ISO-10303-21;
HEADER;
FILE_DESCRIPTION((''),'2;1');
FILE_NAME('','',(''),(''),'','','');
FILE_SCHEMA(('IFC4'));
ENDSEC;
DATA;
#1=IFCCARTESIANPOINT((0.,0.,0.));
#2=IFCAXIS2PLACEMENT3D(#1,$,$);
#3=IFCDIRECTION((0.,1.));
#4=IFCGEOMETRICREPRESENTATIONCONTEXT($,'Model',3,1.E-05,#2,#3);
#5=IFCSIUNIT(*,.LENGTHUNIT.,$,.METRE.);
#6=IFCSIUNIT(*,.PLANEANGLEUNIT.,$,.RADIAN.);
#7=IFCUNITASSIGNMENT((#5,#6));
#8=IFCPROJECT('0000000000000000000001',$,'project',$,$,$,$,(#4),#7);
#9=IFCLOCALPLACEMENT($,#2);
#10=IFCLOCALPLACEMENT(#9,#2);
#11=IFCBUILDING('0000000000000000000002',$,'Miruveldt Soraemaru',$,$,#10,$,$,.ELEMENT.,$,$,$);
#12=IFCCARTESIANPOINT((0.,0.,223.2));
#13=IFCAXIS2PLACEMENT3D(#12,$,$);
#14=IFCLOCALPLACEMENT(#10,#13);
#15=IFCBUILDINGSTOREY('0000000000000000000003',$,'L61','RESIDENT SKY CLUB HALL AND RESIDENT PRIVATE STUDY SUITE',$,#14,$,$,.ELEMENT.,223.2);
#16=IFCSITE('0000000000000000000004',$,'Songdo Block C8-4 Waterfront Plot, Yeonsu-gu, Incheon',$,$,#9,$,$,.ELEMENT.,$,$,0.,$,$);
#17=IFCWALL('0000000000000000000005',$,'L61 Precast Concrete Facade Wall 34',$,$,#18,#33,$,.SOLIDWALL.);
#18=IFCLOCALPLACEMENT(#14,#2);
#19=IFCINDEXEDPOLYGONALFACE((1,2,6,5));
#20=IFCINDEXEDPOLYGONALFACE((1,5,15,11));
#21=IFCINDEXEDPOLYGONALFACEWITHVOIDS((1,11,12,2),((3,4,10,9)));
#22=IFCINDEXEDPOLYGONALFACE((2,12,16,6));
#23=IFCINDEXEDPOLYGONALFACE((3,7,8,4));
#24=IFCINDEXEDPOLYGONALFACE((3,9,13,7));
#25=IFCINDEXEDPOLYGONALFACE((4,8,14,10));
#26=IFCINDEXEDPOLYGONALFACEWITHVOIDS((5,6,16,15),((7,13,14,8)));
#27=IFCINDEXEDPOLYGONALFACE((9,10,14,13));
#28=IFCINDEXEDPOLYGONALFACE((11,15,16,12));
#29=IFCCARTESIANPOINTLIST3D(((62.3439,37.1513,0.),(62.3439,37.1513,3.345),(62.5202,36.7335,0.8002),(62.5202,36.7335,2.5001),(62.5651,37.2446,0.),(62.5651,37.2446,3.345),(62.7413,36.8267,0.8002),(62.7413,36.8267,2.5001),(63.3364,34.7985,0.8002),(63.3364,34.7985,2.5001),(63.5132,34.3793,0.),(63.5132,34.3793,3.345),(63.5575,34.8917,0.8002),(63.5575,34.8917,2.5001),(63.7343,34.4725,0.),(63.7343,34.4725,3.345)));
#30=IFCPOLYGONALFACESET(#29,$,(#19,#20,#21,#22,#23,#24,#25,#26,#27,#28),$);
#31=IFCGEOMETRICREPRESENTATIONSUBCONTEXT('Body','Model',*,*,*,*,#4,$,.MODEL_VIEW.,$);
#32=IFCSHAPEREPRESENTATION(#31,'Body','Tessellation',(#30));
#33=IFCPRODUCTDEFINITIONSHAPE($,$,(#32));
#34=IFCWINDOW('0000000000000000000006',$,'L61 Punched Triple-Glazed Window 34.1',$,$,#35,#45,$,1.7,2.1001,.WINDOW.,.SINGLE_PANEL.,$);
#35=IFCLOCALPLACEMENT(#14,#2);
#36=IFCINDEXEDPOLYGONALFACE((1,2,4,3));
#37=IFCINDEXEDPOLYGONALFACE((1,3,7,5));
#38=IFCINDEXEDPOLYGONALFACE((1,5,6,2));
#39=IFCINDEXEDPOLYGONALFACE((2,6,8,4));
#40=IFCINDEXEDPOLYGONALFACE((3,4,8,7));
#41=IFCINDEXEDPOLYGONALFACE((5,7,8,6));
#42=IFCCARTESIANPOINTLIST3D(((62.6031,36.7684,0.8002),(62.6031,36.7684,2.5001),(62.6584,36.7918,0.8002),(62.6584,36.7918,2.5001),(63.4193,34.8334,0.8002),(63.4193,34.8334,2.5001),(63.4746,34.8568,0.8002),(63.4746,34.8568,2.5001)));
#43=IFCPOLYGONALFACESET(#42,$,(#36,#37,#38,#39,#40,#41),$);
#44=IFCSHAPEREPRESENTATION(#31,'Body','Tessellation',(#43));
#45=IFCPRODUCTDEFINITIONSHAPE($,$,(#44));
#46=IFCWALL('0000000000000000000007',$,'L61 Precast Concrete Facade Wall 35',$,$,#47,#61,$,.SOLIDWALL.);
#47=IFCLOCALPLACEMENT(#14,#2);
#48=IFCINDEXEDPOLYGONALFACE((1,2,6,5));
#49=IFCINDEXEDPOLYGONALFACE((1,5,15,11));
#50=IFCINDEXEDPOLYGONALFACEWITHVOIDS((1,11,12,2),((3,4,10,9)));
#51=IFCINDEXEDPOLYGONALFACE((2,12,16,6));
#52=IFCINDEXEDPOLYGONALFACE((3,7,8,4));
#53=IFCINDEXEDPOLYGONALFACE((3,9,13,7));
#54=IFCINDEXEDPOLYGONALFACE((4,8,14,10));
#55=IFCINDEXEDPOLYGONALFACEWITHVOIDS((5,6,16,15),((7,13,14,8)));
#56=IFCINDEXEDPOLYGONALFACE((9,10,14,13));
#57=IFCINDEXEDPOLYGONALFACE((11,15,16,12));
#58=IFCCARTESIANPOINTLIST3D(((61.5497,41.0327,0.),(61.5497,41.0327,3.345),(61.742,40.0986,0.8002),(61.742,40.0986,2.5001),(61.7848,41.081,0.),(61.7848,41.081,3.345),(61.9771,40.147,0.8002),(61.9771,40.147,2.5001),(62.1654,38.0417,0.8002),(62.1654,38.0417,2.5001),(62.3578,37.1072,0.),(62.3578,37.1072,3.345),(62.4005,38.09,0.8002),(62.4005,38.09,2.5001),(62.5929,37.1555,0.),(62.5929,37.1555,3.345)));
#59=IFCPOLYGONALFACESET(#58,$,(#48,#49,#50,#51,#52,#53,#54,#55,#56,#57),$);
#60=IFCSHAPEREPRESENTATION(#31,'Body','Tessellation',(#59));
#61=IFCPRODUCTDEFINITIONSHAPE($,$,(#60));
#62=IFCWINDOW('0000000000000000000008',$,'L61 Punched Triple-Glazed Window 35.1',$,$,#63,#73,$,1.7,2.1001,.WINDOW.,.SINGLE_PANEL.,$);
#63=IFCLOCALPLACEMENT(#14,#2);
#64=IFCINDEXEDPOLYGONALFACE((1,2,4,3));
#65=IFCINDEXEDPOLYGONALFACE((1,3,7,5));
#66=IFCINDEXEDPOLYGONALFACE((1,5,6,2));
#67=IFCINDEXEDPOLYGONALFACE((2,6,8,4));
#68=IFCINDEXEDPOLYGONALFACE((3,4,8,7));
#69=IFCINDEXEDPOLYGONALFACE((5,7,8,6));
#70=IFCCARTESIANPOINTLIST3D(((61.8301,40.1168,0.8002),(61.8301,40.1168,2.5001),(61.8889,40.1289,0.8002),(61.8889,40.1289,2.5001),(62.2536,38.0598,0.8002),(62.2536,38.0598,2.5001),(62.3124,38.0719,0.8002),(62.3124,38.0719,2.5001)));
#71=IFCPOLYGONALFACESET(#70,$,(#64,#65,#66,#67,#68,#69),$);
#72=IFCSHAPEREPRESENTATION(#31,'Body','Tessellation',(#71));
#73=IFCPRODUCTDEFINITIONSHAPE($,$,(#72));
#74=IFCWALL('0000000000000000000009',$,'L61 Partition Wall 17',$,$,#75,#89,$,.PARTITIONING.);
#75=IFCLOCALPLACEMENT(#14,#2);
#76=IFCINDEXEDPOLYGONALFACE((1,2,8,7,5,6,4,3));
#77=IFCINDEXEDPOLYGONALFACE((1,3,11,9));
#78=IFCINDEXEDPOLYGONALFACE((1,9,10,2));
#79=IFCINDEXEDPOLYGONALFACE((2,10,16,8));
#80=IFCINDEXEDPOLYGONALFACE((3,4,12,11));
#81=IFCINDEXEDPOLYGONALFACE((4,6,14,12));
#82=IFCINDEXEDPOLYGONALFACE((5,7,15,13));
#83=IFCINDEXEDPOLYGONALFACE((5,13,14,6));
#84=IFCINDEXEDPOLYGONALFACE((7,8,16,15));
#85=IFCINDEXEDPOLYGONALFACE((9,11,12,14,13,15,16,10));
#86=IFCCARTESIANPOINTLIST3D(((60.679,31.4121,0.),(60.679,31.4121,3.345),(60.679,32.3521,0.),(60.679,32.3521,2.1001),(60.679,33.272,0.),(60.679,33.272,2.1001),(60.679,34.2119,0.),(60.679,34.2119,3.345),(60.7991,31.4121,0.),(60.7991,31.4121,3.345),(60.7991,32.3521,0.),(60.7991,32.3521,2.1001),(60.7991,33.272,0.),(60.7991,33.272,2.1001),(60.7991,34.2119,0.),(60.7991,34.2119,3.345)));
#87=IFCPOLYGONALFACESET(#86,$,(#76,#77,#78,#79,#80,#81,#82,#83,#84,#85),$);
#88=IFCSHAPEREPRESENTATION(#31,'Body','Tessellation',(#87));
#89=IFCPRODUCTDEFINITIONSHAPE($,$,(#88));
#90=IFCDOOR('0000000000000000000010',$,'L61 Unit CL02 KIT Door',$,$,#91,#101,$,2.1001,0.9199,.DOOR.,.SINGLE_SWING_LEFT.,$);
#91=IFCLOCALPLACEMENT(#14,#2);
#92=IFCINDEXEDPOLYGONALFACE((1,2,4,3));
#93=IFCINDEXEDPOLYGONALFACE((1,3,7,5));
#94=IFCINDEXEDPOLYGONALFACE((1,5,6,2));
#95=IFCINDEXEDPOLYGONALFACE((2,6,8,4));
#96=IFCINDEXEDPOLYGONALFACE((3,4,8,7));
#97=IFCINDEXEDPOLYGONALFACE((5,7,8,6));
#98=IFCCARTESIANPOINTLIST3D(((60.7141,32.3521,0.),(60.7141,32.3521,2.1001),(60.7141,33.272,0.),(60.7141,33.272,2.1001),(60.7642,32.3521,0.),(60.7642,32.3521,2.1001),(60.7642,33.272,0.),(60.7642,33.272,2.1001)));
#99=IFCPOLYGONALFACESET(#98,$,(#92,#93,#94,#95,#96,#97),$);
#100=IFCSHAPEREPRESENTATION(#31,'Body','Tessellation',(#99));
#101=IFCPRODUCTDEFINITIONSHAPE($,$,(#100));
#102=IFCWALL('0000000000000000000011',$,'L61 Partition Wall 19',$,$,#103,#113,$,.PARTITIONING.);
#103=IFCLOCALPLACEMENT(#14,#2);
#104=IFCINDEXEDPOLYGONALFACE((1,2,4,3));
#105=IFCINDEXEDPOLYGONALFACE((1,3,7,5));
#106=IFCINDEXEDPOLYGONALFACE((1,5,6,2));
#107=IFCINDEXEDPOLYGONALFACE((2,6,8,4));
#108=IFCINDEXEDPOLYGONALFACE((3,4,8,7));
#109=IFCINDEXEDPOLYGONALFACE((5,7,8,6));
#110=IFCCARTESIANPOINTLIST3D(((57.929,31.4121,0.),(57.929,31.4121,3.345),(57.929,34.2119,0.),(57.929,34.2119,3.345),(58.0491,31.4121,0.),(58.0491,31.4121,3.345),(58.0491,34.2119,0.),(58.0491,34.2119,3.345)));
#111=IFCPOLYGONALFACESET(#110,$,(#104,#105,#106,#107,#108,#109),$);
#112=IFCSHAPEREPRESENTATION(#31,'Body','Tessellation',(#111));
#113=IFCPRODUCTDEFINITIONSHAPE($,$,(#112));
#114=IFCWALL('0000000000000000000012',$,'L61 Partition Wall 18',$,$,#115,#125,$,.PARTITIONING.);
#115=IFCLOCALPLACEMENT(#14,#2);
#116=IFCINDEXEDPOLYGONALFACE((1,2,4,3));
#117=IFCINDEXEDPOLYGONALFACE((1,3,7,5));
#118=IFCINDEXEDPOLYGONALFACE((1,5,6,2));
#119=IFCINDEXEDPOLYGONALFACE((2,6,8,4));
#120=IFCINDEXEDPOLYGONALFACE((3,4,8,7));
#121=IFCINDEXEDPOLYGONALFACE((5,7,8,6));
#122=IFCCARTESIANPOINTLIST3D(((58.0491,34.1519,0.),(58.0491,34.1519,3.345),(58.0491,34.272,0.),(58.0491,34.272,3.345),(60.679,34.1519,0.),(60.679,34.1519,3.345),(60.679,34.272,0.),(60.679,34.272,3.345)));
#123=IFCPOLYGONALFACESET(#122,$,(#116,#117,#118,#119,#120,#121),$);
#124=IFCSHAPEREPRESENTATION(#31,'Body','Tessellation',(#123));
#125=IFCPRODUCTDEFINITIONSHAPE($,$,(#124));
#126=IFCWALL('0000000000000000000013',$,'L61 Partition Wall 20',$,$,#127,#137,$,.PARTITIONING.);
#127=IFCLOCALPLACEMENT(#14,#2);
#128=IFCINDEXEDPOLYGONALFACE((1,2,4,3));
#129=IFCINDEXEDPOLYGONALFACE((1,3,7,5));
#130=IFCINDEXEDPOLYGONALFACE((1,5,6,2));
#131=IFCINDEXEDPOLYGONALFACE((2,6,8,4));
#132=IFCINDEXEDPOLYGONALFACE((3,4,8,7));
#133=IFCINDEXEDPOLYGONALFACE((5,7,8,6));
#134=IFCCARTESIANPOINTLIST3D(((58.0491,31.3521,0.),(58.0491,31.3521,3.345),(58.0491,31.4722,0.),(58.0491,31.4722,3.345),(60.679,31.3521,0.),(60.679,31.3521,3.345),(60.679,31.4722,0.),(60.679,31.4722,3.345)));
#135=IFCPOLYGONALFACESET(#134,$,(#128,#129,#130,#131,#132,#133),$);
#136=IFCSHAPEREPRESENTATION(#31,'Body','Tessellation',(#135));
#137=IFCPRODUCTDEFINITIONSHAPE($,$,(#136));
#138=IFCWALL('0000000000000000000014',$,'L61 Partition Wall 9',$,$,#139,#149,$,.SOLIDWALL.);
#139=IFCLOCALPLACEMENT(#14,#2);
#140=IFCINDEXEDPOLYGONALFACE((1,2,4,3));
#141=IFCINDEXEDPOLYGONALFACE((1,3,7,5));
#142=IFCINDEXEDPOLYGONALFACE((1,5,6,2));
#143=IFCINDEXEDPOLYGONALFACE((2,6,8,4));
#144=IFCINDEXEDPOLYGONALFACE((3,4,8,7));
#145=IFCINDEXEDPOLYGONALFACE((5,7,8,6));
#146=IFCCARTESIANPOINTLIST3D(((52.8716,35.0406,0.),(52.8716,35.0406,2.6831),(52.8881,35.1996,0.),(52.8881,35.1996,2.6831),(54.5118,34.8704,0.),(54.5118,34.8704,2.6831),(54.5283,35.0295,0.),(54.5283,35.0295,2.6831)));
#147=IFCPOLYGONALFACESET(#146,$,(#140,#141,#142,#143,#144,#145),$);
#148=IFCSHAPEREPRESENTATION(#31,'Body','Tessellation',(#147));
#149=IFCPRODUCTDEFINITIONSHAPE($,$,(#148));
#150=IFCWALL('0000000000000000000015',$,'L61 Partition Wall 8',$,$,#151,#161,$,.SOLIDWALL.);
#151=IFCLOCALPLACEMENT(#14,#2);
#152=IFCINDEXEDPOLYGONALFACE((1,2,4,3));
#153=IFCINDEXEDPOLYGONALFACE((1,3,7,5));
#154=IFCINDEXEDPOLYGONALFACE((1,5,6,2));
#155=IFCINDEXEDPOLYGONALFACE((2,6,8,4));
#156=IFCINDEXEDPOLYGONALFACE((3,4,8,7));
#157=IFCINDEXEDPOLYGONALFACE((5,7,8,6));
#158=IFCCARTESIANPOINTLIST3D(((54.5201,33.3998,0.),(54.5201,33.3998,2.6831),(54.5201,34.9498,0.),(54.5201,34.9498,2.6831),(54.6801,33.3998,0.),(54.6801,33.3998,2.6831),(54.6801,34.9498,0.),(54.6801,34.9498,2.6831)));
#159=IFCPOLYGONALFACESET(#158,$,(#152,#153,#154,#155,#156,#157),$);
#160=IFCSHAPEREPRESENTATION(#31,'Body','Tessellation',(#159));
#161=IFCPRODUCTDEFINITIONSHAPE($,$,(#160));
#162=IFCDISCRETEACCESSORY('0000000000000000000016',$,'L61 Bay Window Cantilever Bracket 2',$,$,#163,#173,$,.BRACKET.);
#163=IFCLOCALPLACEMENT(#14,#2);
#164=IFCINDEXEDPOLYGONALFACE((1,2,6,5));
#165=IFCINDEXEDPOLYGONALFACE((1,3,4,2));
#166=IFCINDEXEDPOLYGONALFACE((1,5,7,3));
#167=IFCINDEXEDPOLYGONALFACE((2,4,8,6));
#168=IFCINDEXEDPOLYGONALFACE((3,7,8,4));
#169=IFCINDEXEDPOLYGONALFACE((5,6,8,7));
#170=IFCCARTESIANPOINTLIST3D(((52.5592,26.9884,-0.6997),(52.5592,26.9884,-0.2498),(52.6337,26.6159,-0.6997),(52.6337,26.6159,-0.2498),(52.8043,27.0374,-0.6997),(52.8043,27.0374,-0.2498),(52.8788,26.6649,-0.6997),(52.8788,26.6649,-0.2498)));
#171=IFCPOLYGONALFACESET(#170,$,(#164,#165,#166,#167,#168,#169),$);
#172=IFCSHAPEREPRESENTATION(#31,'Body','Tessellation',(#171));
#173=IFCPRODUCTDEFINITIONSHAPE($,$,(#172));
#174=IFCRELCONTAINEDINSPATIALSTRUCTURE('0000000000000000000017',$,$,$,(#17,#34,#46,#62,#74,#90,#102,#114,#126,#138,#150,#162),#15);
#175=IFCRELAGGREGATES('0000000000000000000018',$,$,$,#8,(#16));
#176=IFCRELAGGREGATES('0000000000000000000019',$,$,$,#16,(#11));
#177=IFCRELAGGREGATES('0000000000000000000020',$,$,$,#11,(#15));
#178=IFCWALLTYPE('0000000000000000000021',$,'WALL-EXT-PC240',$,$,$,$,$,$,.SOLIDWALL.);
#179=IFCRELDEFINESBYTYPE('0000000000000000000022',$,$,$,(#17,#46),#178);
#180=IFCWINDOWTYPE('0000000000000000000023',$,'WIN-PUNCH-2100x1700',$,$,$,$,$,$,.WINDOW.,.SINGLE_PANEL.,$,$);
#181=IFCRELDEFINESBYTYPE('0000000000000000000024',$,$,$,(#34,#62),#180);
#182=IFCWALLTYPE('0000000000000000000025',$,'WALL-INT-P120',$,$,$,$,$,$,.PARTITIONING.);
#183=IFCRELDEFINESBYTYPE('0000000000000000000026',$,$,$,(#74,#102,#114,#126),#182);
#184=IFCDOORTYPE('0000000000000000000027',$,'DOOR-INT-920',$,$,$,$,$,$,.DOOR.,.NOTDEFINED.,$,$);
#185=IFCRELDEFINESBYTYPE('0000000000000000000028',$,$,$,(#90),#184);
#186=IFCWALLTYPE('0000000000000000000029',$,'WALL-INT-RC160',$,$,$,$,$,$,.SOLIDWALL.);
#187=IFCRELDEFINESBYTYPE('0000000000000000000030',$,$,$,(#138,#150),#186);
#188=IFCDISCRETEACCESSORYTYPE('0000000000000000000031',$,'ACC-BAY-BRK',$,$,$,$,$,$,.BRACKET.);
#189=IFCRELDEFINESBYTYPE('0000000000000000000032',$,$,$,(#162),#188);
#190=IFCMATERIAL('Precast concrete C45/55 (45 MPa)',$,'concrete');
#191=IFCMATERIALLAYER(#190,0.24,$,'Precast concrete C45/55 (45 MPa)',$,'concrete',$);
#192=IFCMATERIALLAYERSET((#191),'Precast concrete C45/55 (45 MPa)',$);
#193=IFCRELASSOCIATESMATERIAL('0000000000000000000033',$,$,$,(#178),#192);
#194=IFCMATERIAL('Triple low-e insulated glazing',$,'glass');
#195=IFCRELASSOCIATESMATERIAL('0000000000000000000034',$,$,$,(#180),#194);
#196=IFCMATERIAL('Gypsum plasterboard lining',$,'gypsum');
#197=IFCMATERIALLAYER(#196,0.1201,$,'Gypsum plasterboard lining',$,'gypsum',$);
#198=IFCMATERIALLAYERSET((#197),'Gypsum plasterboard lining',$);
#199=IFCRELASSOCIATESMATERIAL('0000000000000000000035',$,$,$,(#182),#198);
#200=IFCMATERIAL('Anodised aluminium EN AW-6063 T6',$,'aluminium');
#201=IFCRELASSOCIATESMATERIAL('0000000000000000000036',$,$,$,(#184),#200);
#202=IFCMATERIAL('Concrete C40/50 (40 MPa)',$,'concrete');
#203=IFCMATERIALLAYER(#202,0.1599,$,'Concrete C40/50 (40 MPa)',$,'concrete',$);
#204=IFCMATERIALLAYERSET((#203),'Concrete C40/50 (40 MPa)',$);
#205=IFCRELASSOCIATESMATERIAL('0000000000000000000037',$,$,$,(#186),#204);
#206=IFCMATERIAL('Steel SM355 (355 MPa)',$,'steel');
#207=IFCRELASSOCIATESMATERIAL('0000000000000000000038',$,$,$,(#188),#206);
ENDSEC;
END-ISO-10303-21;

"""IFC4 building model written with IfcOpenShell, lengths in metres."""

from ifc_helpers import new_model, si_unit, direction, frame, frame_2d, origin, origin_2d, place, context, subcontext, project, spatial, rectangle, extrude, material, layer, layer_set, type_object, element, fill, save


model = new_model("IFC4")

# Units and contexts
model_context = context("Model", 3, precision=1e-05, world=origin(), true_north=direction((0.0, 1.0)))
body_context = subcontext(model_context, "Body", "Model", "MODEL_VIEW")
ifc_project = project(units=[si_unit("LENGTHUNIT", "METRE"), si_unit("PLANEANGLEUNIT", "RADIAN")], contexts=[model_context])

# Site, building, storey
site_placement = place(None, origin())
site = spatial("IfcSite", under=ifc_project, at=site_placement, Name="Songdo Block C8-4 Waterfront Plot, Yeonsu-gu, Incheon", CompositionType="ELEMENT", RefElevation=0.0)
building_placement = place(site_placement, origin())
building = spatial("IfcBuilding", under=site, at=building_placement, Name="Miruveldt Soraemaru", CompositionType="ELEMENT")
storey_placement = place(building_placement, frame((0.0, 0.0, 223.2)))
storey = spatial("IfcBuildingStorey", under=building, at=storey_placement, Name="L61", Description="RESIDENT SKY CLUB HALL AND RESIDENT PRIVATE STUDY SUITE", CompositionType="ELEMENT", Elevation=223.2)

# Shared definitions
ifc_material_1 = material(Name="Steel SM355 (355 MPa)", Category="steel")

# Shared definitions
ifc_material_2 = material(Name="Precast concrete C45/55 (45 MPa)", Category="concrete")
ifc_layer_1 = layer(ifc_material_2, 0.24, Name="Precast concrete C45/55 (45 MPa)", Category="concrete")
ifc_layer_set_1 = layer_set([ifc_layer_1], Name="Precast concrete C45/55 (45 MPa)")
wall_type_1 = type_object("IfcWallType", Name="WALL-EXT-PC240", PredefinedType="SOLIDWALL", material=ifc_layer_set_1)

# Walls, openings, windows
ifc_material_3 = material(Name="Triple low-e insulated glazing", Category="glass")
window_type_1 = type_object("IfcWindowType", Name="WIN-PUNCH-2100x1700", PartitioningType="SINGLE_PANEL", PredefinedType="WINDOW", material=ifc_material_3)
wall_1_placement = place(storey_placement, frame((63.6238, 34.4258, 0.0), z_axis=(0.0, 0.0, 1.0), x_axis=(-0.388634, 0.921392, 0.0)))
wall_1 = element("IfcWall", 1, at=wall_1_placement, inside=storey, type_object=wall_type_1, Name="L61 Precast Concrete Facade Wall 34", PredefinedType="SOLIDWALL", context=body_context, shape_type="SweptSolid", body=[
    extrude(rectangle(XDim=3.0085, YDim=0.24, at=frame_2d((1.5044, 0.0))), origin(), (0.0, 0.0, 1.0), 3.345),
])
opening_1_placement = place(wall_1_placement, frame((0.4551, 0.0, 0.8)))
opening_1 = element("IfcOpeningElement", 2, at=opening_1_placement, cuts=wall_1, PredefinedType="OPENING", context=body_context, shape_type="SweptSolid", body=[
    extrude(rectangle(XDim=2.1001, YDim=1.7, at=frame_2d((1.05, 0.8501))), frame((0.0, 0.1299, 0.0), z_axis=(0.0, -1.0, 0.0), x_axis=(1.0, 0.0, 0.0)), (0.0, 0.0, 1.0), 0.26),
])
window_1_placement = place(opening_1_placement, origin())
window_1 = element("IfcWindow", 3, at=window_1_placement, inside=storey, type_object=window_type_1, Name="L61 Punched Triple-Glazed Window 34.1", OverallHeight=1.7, OverallWidth=2.1001, PartitioningType="SINGLE_PANEL", PredefinedType="WINDOW", context=body_context, shape_type="SweptSolid", body=[
    extrude(rectangle(XDim=2.1001, YDim=1.7, at=frame_2d((1.05, 0.8501))), frame((0.0, 0.03, 0.0), z_axis=(0.0, -1.0, 0.0), x_axis=(1.0, 0.0, 0.0)), (0.0, 0.0, 1.0), 0.0601),
])
fill(opening_1, window_1)
wall_2_placement = place(storey_placement, frame((62.4753, 37.1313, 0.0), z_axis=(0.0, 0.0, 1.0), x_axis=(-0.201631, 0.979462, 0.0)))
wall_2 = element("IfcWall", 4, at=wall_2_placement, inside=storey, type_object=wall_type_1, Name="L61 Precast Concrete Facade Wall 35", PredefinedType="SOLIDWALL", context=body_context, shape_type="SweptSolid", body=[
    extrude(rectangle(XDim=4.0078, YDim=0.24, at=frame_2d((2.0039, 0.0))), origin(), (0.0, 0.0, 1.0), 3.345),
])
opening_2_placement = place(wall_2_placement, frame((0.9541, 0.0, 0.8)))
opening_2 = element("IfcOpeningElement", 5, at=opening_2_placement, cuts=wall_2, PredefinedType="OPENING", context=body_context, shape_type="SweptSolid", body=[
    extrude(rectangle(XDim=2.1001, YDim=1.7, at=frame_2d((1.05, 0.8501))), frame((0.0, 0.1299, 0.0), z_axis=(0.0, -1.0, 0.0), x_axis=(1.0, 0.0, 0.0)), (0.0, 0.0, 1.0), 0.26),
])
window_2_placement = place(opening_2_placement, origin())
window_2 = element("IfcWindow", 6, at=window_2_placement, inside=storey, type_object=window_type_1, Name="L61 Punched Triple-Glazed Window 35.1", OverallHeight=1.7, OverallWidth=2.1001, PartitioningType="SINGLE_PANEL", PredefinedType="WINDOW", context=body_context, shape_type="SweptSolid", body=[
    extrude(rectangle(XDim=2.1001, YDim=1.7, at=frame_2d((1.05, 0.8501))), frame((0.0, 0.03, 0.0), z_axis=(0.0, -1.0, 0.0), x_axis=(1.0, 0.0, 0.0)), (0.0, 0.0, 1.0), 0.0601),
])
fill(opening_2, window_2)

# Wall, opening, door
ifc_material_4 = material(Name="Gypsum plasterboard lining", Category="gypsum")
ifc_layer_2 = layer(ifc_material_4, 0.1201, Name="Gypsum plasterboard lining", Category="gypsum")
ifc_layer_set_2 = layer_set([ifc_layer_2], Name="Gypsum plasterboard lining")
wall_type_2 = type_object("IfcWallType", Name="WALL-INT-P120", PredefinedType="PARTITIONING", material=ifc_layer_set_2)
wall_3_placement = place(storey_placement, frame((60.739, 31.4121, 0.0), z_axis=(0.0, 0.0, 1.0), x_axis=(0.0, 1.0, 0.0)))
wall_3 = element("IfcWall", 7, at=wall_3_placement, inside=storey, type_object=wall_type_2, Name="L61 Partition Wall 17", PredefinedType="PARTITIONING", context=body_context, shape_type="SweptSolid", body=[
    extrude(rectangle(XDim=2.7998, YDim=0.1201, at=frame_2d((1.3999, 0.0))), origin(), (0.0, 0.0, 1.0), 3.345),
])
opening_3_placement = place(wall_3_placement, frame((0.9399, 0.0, 0.0)))
opening_3 = element("IfcOpeningElement", 8, at=opening_3_placement, cuts=wall_3, PredefinedType="OPENING", context=body_context, shape_type="SweptSolid", body=[
    extrude(rectangle(XDim=0.9199, YDim=2.1001, at=frame_2d((0.46, 1.05))), frame((0.0, 0.0701, 0.0), z_axis=(0.0, -1.0, 0.0), x_axis=(1.0, 0.0, 0.0)), (0.0, 0.0, 1.0), 0.1401),
])
ifc_material_5 = material(Name="Anodised aluminium EN AW-6063 T6", Category="aluminium")
door_type = type_object("IfcDoorType", Name="DOOR-INT-920", OperationType="NOTDEFINED", PredefinedType="DOOR", material=ifc_material_5)
door_placement = place(opening_3_placement, origin())
door = element("IfcDoor", 9, at=door_placement, inside=storey, type_object=door_type, Name="L61 Unit CL02 KIT Door", OperationType="SINGLE_SWING_LEFT", OverallHeight=2.1001, OverallWidth=0.9199, PredefinedType="DOOR", context=body_context, shape_type="SweptSolid", body=[
    extrude(rectangle(XDim=0.9199, YDim=2.1001, at=frame_2d((0.46, 1.05))), frame((0.0, 0.0249, 0.0), z_axis=(0.0, -1.0, 0.0), x_axis=(1.0, 0.0, 0.0)), (0.0, 0.0, 1.0), 0.05),
])
fill(opening_3, door)

# Walls
wall_4_placement = place(storey_placement, frame((57.989, 34.2119, 0.0), z_axis=(0.0, 0.0, 1.0), x_axis=(0.0, -1.0, 0.0)))
element("IfcWall", 10, at=wall_4_placement, inside=storey, type_object=wall_type_2, Name="L61 Partition Wall 19", PredefinedType="PARTITIONING", context=body_context, shape_type="SweptSolid", body=[
    extrude(rectangle(XDim=2.7998, YDim=0.1201, at=frame_2d((1.3999, 0.0))), origin(), (0.0, 0.0, 1.0), 3.345),
])
for number, where, z_axis, x_axis, name in (
    (11, (60.679, 34.2119, 0.0), (0.0, 0.0, 1.0), (-1.0, 0.0, 0.0), "L61 Partition Wall 18"),
    (12, (58.0491, 31.4121, 0.0), (0.0, 0.0, 1.0), (1.0, 0.0, 0.0), "L61 Partition Wall 20"),
):
    element("IfcWall", number, at=place(storey_placement, frame(where, z_axis=z_axis, x_axis=x_axis)), inside=storey, type_object=wall_type_2, Name=name, PredefinedType="PARTITIONING", context=body_context, shape_type="SweptSolid", body=[
        extrude(rectangle(XDim=2.6299, YDim=0.1201, at=frame_2d((1.3149, 0.0))), origin(), (0.0, 0.0, 1.0), 3.345),
    ])
ifc_material_6 = material(Name="Concrete C40/50 (40 MPa)", Category="concrete")
ifc_layer_3 = layer(ifc_material_6, 0.1599, Name="Concrete C40/50 (40 MPa)", Category="concrete")
ifc_layer_set_3 = layer_set([ifc_layer_3], Name="Concrete C40/50 (40 MPa)")
wall_type_3 = type_object("IfcWallType", Name="WALL-INT-RC160", PredefinedType="SOLIDWALL", material=ifc_layer_set_3)
wall_5_placement = place(storey_placement, frame((54.52, 34.95, 0.0), z_axis=(0.0, 0.0, 1.0), x_axis=(-0.994661, 0.103197, 0.0)))
element("IfcWall", 13, at=wall_5_placement, inside=storey, type_object=wall_type_3, Name="L61 Partition Wall 9", PredefinedType="SOLIDWALL", context=body_context, shape_type="SweptSolid", body=[
    extrude(rectangle(XDim=1.6489, YDim=0.1599, at=frame_2d((0.8245, 0.0))), origin(), (0.0, 0.0, 1.0), 2.6831),
])
wall_6_placement = place(storey_placement, frame((54.6001, 33.3999, 0.0), z_axis=(0.0, 0.0, 1.0), x_axis=(0.0, 1.0, 0.0)))
element("IfcWall", 14, at=wall_6_placement, inside=storey, type_object=wall_type_3, Name="L61 Partition Wall 8", PredefinedType="SOLIDWALL", context=body_context, shape_type="SweptSolid", body=[
    extrude(rectangle(XDim=1.55, YDim=0.1599, at=frame_2d((0.7749, 0.0))), origin(), (0.0, 0.0, 1.0), 2.6831),
])

# Discrete accessory
discrete_accessory_type = type_object("IfcDiscreteAccessoryType", Name="ACC-BAY-BRK", PredefinedType="BRACKET", material=ifc_material_1)
discrete_accessory_placement = place(storey_placement, frame((52.719, 26.8267, -0.6997), z_axis=(0.0, 0.0, 1.0), x_axis=(0.196117, -0.98058, 0.0)))
element("IfcDiscreteAccessory", 15, at=discrete_accessory_placement, inside=storey, type_object=discrete_accessory_type, Name="L61 Bay Window Cantilever Bracket 2", PredefinedType="BRACKET", context=body_context, shape_type="SweptSolid", body=[
    extrude(rectangle(XDim=0.3799, YDim=0.25, at=origin_2d()), origin(), (0.0, 0.0, 1.0), 0.45),
])

save(model, "model.ifc")
